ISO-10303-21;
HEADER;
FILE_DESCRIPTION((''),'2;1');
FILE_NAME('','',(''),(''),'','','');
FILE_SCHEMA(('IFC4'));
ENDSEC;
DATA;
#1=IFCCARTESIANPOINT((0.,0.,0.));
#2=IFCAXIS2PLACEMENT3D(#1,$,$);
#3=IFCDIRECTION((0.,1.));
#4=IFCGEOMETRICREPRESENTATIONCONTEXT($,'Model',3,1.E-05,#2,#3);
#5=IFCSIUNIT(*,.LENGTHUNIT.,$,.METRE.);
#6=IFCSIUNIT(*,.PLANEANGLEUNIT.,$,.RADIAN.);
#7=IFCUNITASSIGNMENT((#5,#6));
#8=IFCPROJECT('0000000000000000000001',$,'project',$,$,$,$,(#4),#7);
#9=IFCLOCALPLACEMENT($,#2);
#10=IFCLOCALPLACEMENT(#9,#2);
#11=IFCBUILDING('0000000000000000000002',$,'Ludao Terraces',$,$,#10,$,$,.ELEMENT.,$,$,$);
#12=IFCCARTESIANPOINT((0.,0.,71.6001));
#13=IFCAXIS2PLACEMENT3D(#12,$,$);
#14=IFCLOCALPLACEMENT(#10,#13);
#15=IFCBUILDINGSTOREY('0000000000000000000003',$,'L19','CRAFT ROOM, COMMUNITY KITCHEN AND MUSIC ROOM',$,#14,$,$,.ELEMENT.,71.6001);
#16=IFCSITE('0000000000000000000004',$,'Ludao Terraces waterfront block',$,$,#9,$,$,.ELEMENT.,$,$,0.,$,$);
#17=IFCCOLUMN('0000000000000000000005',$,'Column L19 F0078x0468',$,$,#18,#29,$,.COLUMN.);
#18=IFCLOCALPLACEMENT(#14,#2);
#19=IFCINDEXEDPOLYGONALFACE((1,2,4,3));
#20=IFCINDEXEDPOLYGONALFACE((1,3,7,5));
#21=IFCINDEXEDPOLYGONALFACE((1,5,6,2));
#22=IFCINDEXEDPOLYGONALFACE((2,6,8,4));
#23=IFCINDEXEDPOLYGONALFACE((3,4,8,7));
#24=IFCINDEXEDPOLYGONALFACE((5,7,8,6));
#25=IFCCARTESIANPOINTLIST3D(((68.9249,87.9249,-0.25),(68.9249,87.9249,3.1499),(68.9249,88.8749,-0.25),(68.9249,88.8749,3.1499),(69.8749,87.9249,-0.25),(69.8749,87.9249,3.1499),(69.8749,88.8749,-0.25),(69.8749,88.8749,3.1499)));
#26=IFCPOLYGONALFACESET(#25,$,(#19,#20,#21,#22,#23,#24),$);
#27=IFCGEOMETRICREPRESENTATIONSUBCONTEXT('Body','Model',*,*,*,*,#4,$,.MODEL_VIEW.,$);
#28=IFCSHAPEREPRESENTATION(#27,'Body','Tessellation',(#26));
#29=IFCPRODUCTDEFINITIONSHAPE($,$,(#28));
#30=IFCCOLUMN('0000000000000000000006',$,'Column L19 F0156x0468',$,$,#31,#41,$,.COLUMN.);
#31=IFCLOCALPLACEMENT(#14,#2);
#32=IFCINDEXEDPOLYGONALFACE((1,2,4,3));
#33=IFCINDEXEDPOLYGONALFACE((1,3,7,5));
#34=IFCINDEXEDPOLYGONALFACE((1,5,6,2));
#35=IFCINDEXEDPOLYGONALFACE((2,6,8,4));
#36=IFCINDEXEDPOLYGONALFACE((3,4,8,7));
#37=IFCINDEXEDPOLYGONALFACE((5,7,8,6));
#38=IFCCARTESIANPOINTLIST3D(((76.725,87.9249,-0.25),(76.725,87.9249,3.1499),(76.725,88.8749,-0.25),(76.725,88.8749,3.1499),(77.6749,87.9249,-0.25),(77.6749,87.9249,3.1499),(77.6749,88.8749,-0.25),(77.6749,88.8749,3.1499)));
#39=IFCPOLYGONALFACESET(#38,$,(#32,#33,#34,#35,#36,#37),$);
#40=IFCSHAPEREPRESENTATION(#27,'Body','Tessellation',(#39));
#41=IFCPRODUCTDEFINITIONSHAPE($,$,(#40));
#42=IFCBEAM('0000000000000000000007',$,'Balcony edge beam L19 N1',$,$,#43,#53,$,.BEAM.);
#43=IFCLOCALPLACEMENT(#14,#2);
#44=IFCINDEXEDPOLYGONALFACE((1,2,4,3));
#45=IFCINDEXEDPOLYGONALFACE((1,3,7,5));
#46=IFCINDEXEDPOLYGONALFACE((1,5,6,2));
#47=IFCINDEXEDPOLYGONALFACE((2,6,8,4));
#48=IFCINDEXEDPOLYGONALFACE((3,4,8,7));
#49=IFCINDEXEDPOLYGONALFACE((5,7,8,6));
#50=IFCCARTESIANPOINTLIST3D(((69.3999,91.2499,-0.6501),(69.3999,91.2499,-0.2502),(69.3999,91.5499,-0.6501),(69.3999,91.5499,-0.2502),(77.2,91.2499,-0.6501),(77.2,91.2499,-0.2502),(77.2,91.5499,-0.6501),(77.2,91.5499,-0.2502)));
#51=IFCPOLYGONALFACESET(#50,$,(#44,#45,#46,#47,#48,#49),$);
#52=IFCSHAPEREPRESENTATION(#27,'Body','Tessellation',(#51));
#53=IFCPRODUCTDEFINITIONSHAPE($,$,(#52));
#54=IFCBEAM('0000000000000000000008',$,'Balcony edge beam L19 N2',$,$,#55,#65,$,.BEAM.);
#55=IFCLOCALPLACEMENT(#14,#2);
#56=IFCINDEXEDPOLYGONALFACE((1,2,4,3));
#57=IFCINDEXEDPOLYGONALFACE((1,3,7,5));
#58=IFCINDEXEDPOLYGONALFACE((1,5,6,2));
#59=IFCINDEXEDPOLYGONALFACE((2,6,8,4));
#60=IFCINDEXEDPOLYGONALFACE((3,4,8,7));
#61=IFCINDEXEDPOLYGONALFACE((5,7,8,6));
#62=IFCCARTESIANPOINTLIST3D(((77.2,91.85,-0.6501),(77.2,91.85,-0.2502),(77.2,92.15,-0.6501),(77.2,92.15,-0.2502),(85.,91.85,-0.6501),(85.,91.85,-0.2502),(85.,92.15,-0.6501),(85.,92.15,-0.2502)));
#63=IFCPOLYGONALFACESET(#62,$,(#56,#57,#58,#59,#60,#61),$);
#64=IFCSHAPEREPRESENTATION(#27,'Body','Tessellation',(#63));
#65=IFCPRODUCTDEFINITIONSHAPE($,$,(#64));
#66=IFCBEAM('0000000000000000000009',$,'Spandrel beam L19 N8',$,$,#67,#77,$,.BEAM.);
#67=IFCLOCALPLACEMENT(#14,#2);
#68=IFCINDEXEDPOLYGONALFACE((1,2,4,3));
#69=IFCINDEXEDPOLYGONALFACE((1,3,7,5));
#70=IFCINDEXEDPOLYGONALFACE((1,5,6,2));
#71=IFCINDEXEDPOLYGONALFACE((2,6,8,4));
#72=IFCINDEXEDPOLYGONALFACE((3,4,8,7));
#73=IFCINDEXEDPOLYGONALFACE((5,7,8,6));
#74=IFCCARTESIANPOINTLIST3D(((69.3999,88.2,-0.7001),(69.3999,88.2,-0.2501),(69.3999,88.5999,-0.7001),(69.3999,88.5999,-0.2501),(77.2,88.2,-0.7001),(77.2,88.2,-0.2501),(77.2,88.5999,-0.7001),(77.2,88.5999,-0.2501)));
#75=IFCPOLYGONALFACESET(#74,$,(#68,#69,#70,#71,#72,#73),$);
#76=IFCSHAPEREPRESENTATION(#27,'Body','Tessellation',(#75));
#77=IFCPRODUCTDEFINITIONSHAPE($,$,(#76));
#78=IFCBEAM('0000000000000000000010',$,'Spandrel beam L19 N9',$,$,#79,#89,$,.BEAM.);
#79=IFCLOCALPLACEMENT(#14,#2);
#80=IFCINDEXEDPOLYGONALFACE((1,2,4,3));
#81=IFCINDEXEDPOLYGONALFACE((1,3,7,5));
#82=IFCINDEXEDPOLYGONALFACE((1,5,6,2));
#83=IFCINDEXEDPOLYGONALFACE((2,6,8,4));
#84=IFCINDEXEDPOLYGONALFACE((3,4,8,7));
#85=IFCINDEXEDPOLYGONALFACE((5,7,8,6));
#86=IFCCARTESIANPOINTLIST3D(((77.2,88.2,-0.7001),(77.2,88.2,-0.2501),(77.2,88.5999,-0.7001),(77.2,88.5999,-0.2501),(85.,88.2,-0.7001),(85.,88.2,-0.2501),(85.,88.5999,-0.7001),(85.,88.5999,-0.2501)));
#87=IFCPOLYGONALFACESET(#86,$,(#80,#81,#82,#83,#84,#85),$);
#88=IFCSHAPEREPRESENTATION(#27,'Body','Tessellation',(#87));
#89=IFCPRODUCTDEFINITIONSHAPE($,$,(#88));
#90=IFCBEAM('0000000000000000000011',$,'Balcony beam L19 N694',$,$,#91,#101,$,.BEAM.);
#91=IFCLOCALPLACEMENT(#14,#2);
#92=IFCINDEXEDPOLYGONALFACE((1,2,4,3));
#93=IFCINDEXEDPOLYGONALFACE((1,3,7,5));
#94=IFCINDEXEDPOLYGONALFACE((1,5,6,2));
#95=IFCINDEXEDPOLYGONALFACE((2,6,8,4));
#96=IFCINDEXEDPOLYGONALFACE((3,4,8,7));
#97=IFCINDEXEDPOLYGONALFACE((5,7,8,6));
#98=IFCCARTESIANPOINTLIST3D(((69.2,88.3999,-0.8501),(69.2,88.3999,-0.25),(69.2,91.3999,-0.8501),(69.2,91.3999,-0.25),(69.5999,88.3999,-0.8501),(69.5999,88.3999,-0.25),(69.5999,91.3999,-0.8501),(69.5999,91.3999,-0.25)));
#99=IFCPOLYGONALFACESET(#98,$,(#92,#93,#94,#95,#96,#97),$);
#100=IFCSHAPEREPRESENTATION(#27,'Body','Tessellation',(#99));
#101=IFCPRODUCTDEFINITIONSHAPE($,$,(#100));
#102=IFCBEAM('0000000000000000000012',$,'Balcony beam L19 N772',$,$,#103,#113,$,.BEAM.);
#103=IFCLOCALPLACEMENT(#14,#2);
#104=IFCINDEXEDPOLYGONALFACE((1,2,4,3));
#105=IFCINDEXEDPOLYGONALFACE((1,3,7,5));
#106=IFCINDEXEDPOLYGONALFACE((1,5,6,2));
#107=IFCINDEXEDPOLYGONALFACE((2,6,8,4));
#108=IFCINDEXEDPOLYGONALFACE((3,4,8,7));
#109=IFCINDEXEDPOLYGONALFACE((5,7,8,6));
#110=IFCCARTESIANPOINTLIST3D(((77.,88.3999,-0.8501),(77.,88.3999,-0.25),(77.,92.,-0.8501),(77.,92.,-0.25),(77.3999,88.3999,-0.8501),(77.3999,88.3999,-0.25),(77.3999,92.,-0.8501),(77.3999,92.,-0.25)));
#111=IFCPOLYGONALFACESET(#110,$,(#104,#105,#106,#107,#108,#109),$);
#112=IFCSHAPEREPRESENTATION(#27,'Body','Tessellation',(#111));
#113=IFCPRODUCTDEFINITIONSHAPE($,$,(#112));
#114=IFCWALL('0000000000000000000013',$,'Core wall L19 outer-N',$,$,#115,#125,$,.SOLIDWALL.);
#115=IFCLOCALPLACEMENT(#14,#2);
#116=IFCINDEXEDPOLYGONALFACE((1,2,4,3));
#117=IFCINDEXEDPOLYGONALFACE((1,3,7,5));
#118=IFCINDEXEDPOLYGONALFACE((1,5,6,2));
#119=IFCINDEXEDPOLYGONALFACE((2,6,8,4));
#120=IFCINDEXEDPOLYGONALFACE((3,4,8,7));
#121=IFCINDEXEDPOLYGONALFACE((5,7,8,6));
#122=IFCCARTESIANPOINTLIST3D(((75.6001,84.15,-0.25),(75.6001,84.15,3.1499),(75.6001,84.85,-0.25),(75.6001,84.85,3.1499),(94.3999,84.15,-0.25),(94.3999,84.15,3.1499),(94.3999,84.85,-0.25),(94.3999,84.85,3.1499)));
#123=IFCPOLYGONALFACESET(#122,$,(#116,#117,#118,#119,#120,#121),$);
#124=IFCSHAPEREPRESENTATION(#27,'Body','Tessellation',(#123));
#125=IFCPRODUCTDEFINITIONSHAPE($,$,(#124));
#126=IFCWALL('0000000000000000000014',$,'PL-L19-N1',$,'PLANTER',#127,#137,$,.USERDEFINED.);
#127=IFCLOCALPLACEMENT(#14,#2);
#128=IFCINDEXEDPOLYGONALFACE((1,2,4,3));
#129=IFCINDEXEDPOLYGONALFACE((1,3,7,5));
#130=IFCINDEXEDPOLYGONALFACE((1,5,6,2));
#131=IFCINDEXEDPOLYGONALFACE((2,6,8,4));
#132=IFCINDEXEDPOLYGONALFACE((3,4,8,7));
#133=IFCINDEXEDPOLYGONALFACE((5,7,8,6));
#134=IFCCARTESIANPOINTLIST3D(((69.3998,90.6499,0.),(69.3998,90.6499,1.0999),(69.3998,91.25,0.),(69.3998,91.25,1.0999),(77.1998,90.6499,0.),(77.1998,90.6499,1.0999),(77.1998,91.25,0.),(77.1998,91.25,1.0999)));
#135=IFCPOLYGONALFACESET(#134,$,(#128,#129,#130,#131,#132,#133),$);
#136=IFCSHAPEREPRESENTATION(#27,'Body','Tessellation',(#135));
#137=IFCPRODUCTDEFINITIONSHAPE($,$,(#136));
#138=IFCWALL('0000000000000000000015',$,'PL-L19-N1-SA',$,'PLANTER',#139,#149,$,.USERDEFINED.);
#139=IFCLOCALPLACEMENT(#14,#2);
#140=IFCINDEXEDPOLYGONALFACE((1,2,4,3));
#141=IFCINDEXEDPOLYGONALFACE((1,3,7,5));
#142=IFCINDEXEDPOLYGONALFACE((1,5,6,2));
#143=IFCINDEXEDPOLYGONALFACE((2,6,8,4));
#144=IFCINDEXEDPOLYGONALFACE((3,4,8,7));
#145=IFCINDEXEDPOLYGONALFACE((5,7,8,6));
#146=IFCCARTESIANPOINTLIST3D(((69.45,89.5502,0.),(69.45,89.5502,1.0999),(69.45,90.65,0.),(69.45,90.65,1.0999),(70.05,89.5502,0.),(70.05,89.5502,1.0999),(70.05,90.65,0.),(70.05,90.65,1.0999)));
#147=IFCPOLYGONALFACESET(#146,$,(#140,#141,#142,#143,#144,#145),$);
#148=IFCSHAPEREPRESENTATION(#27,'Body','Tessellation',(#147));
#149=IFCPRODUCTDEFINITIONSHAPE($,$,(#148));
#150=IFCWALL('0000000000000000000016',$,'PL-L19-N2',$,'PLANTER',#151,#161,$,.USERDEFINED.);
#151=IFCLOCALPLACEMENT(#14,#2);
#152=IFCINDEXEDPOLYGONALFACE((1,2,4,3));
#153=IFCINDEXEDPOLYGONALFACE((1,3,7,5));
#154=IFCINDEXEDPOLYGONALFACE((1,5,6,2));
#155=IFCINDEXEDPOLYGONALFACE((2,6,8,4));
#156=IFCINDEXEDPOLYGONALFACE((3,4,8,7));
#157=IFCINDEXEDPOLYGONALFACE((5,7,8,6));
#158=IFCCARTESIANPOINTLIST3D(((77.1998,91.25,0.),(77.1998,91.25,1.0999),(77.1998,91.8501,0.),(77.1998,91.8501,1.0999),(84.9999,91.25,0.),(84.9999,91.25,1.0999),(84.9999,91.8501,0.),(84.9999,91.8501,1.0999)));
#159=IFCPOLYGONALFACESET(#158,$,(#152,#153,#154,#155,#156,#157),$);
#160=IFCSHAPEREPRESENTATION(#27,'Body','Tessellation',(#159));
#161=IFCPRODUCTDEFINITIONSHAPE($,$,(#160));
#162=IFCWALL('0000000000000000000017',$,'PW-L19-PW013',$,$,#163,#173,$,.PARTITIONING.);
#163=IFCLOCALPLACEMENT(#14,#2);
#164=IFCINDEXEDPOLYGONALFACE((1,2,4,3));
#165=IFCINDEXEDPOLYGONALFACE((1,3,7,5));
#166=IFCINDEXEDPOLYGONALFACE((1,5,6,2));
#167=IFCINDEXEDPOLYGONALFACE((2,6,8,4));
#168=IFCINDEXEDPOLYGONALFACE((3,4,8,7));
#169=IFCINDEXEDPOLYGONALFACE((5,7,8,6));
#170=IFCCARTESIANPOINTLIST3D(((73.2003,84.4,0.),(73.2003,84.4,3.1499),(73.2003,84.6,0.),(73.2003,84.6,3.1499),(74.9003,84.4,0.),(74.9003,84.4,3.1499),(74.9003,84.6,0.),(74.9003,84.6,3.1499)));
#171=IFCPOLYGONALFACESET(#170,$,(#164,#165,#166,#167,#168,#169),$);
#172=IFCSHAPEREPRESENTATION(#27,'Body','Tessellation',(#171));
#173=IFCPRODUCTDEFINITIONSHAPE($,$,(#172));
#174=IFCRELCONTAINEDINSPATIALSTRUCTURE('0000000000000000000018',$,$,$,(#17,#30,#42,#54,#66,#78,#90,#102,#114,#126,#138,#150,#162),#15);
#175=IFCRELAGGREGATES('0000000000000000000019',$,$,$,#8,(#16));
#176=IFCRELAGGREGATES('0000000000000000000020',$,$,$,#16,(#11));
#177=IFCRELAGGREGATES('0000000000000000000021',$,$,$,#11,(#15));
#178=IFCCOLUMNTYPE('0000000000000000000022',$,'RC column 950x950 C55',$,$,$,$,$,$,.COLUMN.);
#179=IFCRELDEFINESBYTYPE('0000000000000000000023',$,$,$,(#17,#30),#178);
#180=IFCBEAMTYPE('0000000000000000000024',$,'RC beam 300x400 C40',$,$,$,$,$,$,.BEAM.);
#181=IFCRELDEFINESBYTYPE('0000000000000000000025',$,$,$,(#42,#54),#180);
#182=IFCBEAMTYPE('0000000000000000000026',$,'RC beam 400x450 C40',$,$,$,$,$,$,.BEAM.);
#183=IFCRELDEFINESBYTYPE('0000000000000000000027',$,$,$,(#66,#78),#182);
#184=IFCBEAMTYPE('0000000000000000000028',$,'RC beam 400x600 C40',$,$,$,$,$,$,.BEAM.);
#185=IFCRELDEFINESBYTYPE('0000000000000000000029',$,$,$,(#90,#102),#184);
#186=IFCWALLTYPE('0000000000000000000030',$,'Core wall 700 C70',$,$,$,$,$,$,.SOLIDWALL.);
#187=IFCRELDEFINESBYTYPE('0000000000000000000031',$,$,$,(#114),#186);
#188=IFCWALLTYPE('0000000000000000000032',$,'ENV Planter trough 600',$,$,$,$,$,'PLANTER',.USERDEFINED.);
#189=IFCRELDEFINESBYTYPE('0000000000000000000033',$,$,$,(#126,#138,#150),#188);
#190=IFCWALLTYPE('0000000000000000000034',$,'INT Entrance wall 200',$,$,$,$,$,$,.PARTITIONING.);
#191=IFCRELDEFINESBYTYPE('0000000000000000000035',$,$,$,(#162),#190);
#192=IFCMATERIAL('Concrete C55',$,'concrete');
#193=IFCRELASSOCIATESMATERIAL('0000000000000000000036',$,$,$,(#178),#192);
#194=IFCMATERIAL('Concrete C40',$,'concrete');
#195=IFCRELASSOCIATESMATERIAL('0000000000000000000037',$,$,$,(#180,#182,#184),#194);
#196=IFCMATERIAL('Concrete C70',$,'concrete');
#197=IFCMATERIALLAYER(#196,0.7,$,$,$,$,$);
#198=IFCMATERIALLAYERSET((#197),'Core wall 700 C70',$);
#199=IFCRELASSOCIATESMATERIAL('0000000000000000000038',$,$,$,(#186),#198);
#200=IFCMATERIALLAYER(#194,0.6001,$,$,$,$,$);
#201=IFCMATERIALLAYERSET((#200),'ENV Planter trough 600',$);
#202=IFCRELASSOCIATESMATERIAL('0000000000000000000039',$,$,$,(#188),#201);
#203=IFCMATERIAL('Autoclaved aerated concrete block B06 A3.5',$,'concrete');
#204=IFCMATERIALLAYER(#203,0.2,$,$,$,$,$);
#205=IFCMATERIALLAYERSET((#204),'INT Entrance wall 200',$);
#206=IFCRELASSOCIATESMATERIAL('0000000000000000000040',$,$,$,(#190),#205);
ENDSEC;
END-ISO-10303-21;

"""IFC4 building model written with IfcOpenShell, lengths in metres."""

from ifc_helpers import new_model, si_unit, direction, frame, frame_2d, origin, origin_2d, place, context, subcontext, project, spatial, rectangle, extrude, material, layer, layer_set, material_profile, profile_set, type_object, element, save


model = new_model("IFC4")

# Units and contexts
model_context = context("Model", 3, precision=1e-05, world=origin(), true_north=direction((0.0, 1.0)))
body_context = subcontext(model_context, "Body", "Model", "MODEL_VIEW")
ifc_project = project(units=[si_unit("LENGTHUNIT", "METRE"), si_unit("PLANEANGLEUNIT", "RADIAN")], contexts=[model_context])

# Site, building, storey
site_placement = place(None, origin())
site = spatial("IfcSite", under=ifc_project, at=site_placement, Name="Ludao Terraces waterfront block", CompositionType="ELEMENT", RefElevation=0.0)
building_placement = place(site_placement, origin())
building = spatial("IfcBuilding", under=site, at=building_placement, Name="Ludao Terraces", CompositionType="ELEMENT")
storey_placement = place(building_placement, frame((0.0, 0.0, 71.6001)))
storey = spatial("IfcBuildingStorey", under=building, at=storey_placement, Name="L19", Description="CRAFT ROOM, COMMUNITY KITCHEN AND MUSIC ROOM", CompositionType="ELEMENT", Elevation=71.6001)

# Columns
ifc_material_1 = material(Name="Concrete C55", Category="concrete")
ifc_material_profile_1 = material_profile(ifc_material_1, rectangle(XDim=0.95, YDim=0.95, at=origin_2d()), Name="950 X 950")
ifc_profile_set_1 = profile_set([ifc_material_profile_1], Name="Concrete C55")
column_type = type_object("IfcColumnType", Name="RC column 950x950 C55", PredefinedType="COLUMN", material=ifc_profile_set_1)
for number, where, z_axis, x_axis, name in (
    (1, (69.3999, 88.3999, -0.25), (0.0, 0.0, 1.0), (1.0, 0.0, 0.0), "Column L19 F0078x0468"),
    (2, (77.2, 88.3999, -0.25), (0.0, 0.0, 1.0), (1.0, 0.0, 0.0), "Column L19 F0156x0468"),
):
    element("IfcColumn", number, at=place(storey_placement, frame(where, z_axis=z_axis, x_axis=x_axis)), inside=storey, type_object=column_type, Name=name, PredefinedType="COLUMN", context=body_context, shape_type="SweptSolid", body=[
        extrude(rectangle(XDim=0.95, YDim=0.95, at=origin_2d()), origin(), (0.0, 0.0, 1.0), 3.3999),
    ])

# Beams
ifc_material_2 = material(Name="Concrete C40", Category="concrete")
ifc_material_profile_2 = material_profile(ifc_material_2, rectangle(XDim=0.3, YDim=0.3999, at=origin_2d()), Name="300 X 400")
ifc_profile_set_2 = profile_set([ifc_material_profile_2], Name="Concrete C40")
beam_type_1 = type_object("IfcBeamType", Name="RC beam 300x400 C40", PredefinedType="BEAM", material=ifc_profile_set_2)
for number, where, z_axis, x_axis, name in (
    (3, (69.3999, 91.3999, -0.4502), (1.0, 0.0, 0.0), (0.0, 1.0, 0.0), "Balcony edge beam L19 N1"),
    (4, (77.2, 92.0, -0.4502), (1.0, 0.0, 0.0), (0.0, 1.0, 0.0), "Balcony edge beam L19 N2"),
):
    element("IfcBeam", number, at=place(storey_placement, frame(where, z_axis=z_axis, x_axis=x_axis)), inside=storey, type_object=beam_type_1, Name=name, PredefinedType="BEAM", context=body_context, shape_type="SweptSolid", body=[
        extrude(rectangle(XDim=0.3, YDim=0.3999, at=origin_2d()), origin(), (0.0, 0.0, 1.0), 7.8),
    ])
ifc_material_profile_3 = material_profile(ifc_material_2, rectangle(XDim=0.3999, YDim=0.45, at=origin_2d()), Name="400 X 450")
ifc_profile_set_3 = profile_set([ifc_material_profile_3], Name="Concrete C40")
beam_type_2 = type_object("IfcBeamType", Name="RC beam 400x450 C40", PredefinedType="BEAM", material=ifc_profile_set_3)
for number, where, z_axis, x_axis, name in (
    (5, (69.3999, 88.3999, -0.4751), (1.0, 0.0, 0.0), (0.0, 1.0, 0.0), "Spandrel beam L19 N8"),
    (6, (77.2, 88.3999, -0.4751), (1.0, 0.0, 0.0), (0.0, 1.0, 0.0), "Spandrel beam L19 N9"),
):
    element("IfcBeam", number, at=place(storey_placement, frame(where, z_axis=z_axis, x_axis=x_axis)), inside=storey, type_object=beam_type_2, Name=name, PredefinedType="BEAM", context=body_context, shape_type="SweptSolid", body=[
        extrude(rectangle(XDim=0.3999, YDim=0.45, at=origin_2d()), origin(), (0.0, 0.0, 1.0), 7.8),
    ])
ifc_material_profile_4 = material_profile(ifc_material_2, rectangle(XDim=0.3999, YDim=0.6001, at=origin_2d()), Name="400 X 600")
ifc_profile_set_4 = profile_set([ifc_material_profile_4], Name="Concrete C40")
beam_type_3 = type_object("IfcBeamType", Name="RC beam 400x600 C40", PredefinedType="BEAM", material=ifc_profile_set_4)
beam_1_placement = place(storey_placement, frame((69.3999, 88.3999, -0.55), z_axis=(0.0, 1.0, 0.0), x_axis=(-1.0, 0.0, 0.0)))
element("IfcBeam", 7, at=beam_1_placement, inside=storey, type_object=beam_type_3, Name="Balcony beam L19 N694", PredefinedType="BEAM", context=body_context, shape_type="SweptSolid", body=[
    extrude(rectangle(XDim=0.3999, YDim=0.6001, at=origin_2d()), origin(), (0.0, 0.0, 1.0), 3.0),
])
beam_2_placement = place(storey_placement, frame((77.2, 88.3999, -0.55), z_axis=(0.0, 1.0, 0.0), x_axis=(-1.0, 0.0, 0.0)))
element("IfcBeam", 8, at=beam_2_placement, inside=storey, type_object=beam_type_3, Name="Balcony beam L19 N772", PredefinedType="BEAM", context=body_context, shape_type="SweptSolid", body=[
    extrude(rectangle(XDim=0.3999, YDim=0.6001, at=origin_2d()), origin(), (0.0, 0.0, 1.0), 3.6001),
])

# Walls
ifc_material_3 = material(Name="Concrete C70", Category="concrete")
ifc_layer_1 = layer(ifc_material_3, 0.7)
ifc_layer_set_1 = layer_set([ifc_layer_1], Name="Core wall 700 C70")
wall_type_1 = type_object("IfcWallType", Name="Core wall 700 C70", PredefinedType="SOLIDWALL", material=ifc_layer_set_1)
wall_1_placement = place(storey_placement, frame((75.6001, 84.5, -0.25), z_axis=(0.0, 0.0, 1.0), x_axis=(1.0, 0.0, 0.0)))
element("IfcWall", 9, at=wall_1_placement, inside=storey, type_object=wall_type_1, Name="Core wall L19 outer-N", PredefinedType="SOLIDWALL", context=body_context, shape_type="SweptSolid", body=[
    extrude(rectangle(XDim=18.7998, YDim=0.7, at=frame_2d((9.3999, 0.0))), origin(), (0.0, 0.0, 1.0), 3.3999),
])
ifc_layer_2 = layer(ifc_material_2, 0.6001)
ifc_layer_set_2 = layer_set([ifc_layer_2], Name="ENV Planter trough 600")
wall_type_2 = type_object("IfcWallType", Name="ENV Planter trough 600", ElementType="PLANTER", PredefinedType="USERDEFINED", material=ifc_layer_set_2)
wall_2_placement = place(storey_placement, frame((69.3999, 90.95, 0.0), z_axis=(0.0, 0.0, 1.0), x_axis=(1.0, 0.0, 0.0)))
element("IfcWall", 10, at=wall_2_placement, inside=storey, type_object=wall_type_2, Name="PL-L19-N1", ObjectType="PLANTER", PredefinedType="USERDEFINED", context=body_context, shape_type="SweptSolid", body=[
    extrude(rectangle(XDim=7.8, YDim=0.6001, at=frame_2d((3.8999, 0.0))), origin(), (0.0, 0.0, 1.0), 1.0999),
])
wall_3_placement = place(storey_placement, frame((69.75, 90.6499, 0.0), z_axis=(0.0, 0.0, 1.0), x_axis=(0.0, -1.0, 0.0)))
element("IfcWall", 11, at=wall_3_placement, inside=storey, type_object=wall_type_2, Name="PL-L19-N1-SA", ObjectType="PLANTER", PredefinedType="USERDEFINED", context=body_context, shape_type="SweptSolid", body=[
    extrude(rectangle(XDim=1.0999, YDim=0.6001, at=frame_2d((0.5498, 0.0))), origin(), (0.0, 0.0, 1.0), 1.0999),
])
wall_4_placement = place(storey_placement, frame((77.2, 91.55, 0.0), z_axis=(0.0, 0.0, 1.0), x_axis=(1.0, 0.0, 0.0)))
element("IfcWall", 12, at=wall_4_placement, inside=storey, type_object=wall_type_2, Name="PL-L19-N2", ObjectType="PLANTER", PredefinedType="USERDEFINED", context=body_context, shape_type="SweptSolid", body=[
    extrude(rectangle(XDim=7.8, YDim=0.6001, at=frame_2d((3.8999, 0.0))), origin(), (0.0, 0.0, 1.0), 1.0999),
])

# Wall
ifc_material_4 = material(Name="Autoclaved aerated concrete block B06 A3.5", Category="concrete")
ifc_layer_3 = layer(ifc_material_4, 0.2)
ifc_layer_set_3 = layer_set([ifc_layer_3], Name="INT Entrance wall 200")
wall_type_3 = type_object("IfcWallType", Name="INT Entrance wall 200", PredefinedType="PARTITIONING", material=ifc_layer_set_3)
wall_5_placement = place(storey_placement, frame((73.2002, 84.5, 0.0), z_axis=(0.0, 0.0, 1.0), x_axis=(1.0, 0.0, 0.0)))
element("IfcWall", 13, at=wall_5_placement, inside=storey, type_object=wall_type_3, Name="PW-L19-PW013", PredefinedType="PARTITIONING", context=body_context, shape_type="SweptSolid", body=[
    extrude(rectangle(XDim=1.7, YDim=0.2, at=frame_2d((0.8501, 0.0))), origin(), (0.0, 0.0, 1.0), 3.1499),
])

save(model, "model.ifc")
